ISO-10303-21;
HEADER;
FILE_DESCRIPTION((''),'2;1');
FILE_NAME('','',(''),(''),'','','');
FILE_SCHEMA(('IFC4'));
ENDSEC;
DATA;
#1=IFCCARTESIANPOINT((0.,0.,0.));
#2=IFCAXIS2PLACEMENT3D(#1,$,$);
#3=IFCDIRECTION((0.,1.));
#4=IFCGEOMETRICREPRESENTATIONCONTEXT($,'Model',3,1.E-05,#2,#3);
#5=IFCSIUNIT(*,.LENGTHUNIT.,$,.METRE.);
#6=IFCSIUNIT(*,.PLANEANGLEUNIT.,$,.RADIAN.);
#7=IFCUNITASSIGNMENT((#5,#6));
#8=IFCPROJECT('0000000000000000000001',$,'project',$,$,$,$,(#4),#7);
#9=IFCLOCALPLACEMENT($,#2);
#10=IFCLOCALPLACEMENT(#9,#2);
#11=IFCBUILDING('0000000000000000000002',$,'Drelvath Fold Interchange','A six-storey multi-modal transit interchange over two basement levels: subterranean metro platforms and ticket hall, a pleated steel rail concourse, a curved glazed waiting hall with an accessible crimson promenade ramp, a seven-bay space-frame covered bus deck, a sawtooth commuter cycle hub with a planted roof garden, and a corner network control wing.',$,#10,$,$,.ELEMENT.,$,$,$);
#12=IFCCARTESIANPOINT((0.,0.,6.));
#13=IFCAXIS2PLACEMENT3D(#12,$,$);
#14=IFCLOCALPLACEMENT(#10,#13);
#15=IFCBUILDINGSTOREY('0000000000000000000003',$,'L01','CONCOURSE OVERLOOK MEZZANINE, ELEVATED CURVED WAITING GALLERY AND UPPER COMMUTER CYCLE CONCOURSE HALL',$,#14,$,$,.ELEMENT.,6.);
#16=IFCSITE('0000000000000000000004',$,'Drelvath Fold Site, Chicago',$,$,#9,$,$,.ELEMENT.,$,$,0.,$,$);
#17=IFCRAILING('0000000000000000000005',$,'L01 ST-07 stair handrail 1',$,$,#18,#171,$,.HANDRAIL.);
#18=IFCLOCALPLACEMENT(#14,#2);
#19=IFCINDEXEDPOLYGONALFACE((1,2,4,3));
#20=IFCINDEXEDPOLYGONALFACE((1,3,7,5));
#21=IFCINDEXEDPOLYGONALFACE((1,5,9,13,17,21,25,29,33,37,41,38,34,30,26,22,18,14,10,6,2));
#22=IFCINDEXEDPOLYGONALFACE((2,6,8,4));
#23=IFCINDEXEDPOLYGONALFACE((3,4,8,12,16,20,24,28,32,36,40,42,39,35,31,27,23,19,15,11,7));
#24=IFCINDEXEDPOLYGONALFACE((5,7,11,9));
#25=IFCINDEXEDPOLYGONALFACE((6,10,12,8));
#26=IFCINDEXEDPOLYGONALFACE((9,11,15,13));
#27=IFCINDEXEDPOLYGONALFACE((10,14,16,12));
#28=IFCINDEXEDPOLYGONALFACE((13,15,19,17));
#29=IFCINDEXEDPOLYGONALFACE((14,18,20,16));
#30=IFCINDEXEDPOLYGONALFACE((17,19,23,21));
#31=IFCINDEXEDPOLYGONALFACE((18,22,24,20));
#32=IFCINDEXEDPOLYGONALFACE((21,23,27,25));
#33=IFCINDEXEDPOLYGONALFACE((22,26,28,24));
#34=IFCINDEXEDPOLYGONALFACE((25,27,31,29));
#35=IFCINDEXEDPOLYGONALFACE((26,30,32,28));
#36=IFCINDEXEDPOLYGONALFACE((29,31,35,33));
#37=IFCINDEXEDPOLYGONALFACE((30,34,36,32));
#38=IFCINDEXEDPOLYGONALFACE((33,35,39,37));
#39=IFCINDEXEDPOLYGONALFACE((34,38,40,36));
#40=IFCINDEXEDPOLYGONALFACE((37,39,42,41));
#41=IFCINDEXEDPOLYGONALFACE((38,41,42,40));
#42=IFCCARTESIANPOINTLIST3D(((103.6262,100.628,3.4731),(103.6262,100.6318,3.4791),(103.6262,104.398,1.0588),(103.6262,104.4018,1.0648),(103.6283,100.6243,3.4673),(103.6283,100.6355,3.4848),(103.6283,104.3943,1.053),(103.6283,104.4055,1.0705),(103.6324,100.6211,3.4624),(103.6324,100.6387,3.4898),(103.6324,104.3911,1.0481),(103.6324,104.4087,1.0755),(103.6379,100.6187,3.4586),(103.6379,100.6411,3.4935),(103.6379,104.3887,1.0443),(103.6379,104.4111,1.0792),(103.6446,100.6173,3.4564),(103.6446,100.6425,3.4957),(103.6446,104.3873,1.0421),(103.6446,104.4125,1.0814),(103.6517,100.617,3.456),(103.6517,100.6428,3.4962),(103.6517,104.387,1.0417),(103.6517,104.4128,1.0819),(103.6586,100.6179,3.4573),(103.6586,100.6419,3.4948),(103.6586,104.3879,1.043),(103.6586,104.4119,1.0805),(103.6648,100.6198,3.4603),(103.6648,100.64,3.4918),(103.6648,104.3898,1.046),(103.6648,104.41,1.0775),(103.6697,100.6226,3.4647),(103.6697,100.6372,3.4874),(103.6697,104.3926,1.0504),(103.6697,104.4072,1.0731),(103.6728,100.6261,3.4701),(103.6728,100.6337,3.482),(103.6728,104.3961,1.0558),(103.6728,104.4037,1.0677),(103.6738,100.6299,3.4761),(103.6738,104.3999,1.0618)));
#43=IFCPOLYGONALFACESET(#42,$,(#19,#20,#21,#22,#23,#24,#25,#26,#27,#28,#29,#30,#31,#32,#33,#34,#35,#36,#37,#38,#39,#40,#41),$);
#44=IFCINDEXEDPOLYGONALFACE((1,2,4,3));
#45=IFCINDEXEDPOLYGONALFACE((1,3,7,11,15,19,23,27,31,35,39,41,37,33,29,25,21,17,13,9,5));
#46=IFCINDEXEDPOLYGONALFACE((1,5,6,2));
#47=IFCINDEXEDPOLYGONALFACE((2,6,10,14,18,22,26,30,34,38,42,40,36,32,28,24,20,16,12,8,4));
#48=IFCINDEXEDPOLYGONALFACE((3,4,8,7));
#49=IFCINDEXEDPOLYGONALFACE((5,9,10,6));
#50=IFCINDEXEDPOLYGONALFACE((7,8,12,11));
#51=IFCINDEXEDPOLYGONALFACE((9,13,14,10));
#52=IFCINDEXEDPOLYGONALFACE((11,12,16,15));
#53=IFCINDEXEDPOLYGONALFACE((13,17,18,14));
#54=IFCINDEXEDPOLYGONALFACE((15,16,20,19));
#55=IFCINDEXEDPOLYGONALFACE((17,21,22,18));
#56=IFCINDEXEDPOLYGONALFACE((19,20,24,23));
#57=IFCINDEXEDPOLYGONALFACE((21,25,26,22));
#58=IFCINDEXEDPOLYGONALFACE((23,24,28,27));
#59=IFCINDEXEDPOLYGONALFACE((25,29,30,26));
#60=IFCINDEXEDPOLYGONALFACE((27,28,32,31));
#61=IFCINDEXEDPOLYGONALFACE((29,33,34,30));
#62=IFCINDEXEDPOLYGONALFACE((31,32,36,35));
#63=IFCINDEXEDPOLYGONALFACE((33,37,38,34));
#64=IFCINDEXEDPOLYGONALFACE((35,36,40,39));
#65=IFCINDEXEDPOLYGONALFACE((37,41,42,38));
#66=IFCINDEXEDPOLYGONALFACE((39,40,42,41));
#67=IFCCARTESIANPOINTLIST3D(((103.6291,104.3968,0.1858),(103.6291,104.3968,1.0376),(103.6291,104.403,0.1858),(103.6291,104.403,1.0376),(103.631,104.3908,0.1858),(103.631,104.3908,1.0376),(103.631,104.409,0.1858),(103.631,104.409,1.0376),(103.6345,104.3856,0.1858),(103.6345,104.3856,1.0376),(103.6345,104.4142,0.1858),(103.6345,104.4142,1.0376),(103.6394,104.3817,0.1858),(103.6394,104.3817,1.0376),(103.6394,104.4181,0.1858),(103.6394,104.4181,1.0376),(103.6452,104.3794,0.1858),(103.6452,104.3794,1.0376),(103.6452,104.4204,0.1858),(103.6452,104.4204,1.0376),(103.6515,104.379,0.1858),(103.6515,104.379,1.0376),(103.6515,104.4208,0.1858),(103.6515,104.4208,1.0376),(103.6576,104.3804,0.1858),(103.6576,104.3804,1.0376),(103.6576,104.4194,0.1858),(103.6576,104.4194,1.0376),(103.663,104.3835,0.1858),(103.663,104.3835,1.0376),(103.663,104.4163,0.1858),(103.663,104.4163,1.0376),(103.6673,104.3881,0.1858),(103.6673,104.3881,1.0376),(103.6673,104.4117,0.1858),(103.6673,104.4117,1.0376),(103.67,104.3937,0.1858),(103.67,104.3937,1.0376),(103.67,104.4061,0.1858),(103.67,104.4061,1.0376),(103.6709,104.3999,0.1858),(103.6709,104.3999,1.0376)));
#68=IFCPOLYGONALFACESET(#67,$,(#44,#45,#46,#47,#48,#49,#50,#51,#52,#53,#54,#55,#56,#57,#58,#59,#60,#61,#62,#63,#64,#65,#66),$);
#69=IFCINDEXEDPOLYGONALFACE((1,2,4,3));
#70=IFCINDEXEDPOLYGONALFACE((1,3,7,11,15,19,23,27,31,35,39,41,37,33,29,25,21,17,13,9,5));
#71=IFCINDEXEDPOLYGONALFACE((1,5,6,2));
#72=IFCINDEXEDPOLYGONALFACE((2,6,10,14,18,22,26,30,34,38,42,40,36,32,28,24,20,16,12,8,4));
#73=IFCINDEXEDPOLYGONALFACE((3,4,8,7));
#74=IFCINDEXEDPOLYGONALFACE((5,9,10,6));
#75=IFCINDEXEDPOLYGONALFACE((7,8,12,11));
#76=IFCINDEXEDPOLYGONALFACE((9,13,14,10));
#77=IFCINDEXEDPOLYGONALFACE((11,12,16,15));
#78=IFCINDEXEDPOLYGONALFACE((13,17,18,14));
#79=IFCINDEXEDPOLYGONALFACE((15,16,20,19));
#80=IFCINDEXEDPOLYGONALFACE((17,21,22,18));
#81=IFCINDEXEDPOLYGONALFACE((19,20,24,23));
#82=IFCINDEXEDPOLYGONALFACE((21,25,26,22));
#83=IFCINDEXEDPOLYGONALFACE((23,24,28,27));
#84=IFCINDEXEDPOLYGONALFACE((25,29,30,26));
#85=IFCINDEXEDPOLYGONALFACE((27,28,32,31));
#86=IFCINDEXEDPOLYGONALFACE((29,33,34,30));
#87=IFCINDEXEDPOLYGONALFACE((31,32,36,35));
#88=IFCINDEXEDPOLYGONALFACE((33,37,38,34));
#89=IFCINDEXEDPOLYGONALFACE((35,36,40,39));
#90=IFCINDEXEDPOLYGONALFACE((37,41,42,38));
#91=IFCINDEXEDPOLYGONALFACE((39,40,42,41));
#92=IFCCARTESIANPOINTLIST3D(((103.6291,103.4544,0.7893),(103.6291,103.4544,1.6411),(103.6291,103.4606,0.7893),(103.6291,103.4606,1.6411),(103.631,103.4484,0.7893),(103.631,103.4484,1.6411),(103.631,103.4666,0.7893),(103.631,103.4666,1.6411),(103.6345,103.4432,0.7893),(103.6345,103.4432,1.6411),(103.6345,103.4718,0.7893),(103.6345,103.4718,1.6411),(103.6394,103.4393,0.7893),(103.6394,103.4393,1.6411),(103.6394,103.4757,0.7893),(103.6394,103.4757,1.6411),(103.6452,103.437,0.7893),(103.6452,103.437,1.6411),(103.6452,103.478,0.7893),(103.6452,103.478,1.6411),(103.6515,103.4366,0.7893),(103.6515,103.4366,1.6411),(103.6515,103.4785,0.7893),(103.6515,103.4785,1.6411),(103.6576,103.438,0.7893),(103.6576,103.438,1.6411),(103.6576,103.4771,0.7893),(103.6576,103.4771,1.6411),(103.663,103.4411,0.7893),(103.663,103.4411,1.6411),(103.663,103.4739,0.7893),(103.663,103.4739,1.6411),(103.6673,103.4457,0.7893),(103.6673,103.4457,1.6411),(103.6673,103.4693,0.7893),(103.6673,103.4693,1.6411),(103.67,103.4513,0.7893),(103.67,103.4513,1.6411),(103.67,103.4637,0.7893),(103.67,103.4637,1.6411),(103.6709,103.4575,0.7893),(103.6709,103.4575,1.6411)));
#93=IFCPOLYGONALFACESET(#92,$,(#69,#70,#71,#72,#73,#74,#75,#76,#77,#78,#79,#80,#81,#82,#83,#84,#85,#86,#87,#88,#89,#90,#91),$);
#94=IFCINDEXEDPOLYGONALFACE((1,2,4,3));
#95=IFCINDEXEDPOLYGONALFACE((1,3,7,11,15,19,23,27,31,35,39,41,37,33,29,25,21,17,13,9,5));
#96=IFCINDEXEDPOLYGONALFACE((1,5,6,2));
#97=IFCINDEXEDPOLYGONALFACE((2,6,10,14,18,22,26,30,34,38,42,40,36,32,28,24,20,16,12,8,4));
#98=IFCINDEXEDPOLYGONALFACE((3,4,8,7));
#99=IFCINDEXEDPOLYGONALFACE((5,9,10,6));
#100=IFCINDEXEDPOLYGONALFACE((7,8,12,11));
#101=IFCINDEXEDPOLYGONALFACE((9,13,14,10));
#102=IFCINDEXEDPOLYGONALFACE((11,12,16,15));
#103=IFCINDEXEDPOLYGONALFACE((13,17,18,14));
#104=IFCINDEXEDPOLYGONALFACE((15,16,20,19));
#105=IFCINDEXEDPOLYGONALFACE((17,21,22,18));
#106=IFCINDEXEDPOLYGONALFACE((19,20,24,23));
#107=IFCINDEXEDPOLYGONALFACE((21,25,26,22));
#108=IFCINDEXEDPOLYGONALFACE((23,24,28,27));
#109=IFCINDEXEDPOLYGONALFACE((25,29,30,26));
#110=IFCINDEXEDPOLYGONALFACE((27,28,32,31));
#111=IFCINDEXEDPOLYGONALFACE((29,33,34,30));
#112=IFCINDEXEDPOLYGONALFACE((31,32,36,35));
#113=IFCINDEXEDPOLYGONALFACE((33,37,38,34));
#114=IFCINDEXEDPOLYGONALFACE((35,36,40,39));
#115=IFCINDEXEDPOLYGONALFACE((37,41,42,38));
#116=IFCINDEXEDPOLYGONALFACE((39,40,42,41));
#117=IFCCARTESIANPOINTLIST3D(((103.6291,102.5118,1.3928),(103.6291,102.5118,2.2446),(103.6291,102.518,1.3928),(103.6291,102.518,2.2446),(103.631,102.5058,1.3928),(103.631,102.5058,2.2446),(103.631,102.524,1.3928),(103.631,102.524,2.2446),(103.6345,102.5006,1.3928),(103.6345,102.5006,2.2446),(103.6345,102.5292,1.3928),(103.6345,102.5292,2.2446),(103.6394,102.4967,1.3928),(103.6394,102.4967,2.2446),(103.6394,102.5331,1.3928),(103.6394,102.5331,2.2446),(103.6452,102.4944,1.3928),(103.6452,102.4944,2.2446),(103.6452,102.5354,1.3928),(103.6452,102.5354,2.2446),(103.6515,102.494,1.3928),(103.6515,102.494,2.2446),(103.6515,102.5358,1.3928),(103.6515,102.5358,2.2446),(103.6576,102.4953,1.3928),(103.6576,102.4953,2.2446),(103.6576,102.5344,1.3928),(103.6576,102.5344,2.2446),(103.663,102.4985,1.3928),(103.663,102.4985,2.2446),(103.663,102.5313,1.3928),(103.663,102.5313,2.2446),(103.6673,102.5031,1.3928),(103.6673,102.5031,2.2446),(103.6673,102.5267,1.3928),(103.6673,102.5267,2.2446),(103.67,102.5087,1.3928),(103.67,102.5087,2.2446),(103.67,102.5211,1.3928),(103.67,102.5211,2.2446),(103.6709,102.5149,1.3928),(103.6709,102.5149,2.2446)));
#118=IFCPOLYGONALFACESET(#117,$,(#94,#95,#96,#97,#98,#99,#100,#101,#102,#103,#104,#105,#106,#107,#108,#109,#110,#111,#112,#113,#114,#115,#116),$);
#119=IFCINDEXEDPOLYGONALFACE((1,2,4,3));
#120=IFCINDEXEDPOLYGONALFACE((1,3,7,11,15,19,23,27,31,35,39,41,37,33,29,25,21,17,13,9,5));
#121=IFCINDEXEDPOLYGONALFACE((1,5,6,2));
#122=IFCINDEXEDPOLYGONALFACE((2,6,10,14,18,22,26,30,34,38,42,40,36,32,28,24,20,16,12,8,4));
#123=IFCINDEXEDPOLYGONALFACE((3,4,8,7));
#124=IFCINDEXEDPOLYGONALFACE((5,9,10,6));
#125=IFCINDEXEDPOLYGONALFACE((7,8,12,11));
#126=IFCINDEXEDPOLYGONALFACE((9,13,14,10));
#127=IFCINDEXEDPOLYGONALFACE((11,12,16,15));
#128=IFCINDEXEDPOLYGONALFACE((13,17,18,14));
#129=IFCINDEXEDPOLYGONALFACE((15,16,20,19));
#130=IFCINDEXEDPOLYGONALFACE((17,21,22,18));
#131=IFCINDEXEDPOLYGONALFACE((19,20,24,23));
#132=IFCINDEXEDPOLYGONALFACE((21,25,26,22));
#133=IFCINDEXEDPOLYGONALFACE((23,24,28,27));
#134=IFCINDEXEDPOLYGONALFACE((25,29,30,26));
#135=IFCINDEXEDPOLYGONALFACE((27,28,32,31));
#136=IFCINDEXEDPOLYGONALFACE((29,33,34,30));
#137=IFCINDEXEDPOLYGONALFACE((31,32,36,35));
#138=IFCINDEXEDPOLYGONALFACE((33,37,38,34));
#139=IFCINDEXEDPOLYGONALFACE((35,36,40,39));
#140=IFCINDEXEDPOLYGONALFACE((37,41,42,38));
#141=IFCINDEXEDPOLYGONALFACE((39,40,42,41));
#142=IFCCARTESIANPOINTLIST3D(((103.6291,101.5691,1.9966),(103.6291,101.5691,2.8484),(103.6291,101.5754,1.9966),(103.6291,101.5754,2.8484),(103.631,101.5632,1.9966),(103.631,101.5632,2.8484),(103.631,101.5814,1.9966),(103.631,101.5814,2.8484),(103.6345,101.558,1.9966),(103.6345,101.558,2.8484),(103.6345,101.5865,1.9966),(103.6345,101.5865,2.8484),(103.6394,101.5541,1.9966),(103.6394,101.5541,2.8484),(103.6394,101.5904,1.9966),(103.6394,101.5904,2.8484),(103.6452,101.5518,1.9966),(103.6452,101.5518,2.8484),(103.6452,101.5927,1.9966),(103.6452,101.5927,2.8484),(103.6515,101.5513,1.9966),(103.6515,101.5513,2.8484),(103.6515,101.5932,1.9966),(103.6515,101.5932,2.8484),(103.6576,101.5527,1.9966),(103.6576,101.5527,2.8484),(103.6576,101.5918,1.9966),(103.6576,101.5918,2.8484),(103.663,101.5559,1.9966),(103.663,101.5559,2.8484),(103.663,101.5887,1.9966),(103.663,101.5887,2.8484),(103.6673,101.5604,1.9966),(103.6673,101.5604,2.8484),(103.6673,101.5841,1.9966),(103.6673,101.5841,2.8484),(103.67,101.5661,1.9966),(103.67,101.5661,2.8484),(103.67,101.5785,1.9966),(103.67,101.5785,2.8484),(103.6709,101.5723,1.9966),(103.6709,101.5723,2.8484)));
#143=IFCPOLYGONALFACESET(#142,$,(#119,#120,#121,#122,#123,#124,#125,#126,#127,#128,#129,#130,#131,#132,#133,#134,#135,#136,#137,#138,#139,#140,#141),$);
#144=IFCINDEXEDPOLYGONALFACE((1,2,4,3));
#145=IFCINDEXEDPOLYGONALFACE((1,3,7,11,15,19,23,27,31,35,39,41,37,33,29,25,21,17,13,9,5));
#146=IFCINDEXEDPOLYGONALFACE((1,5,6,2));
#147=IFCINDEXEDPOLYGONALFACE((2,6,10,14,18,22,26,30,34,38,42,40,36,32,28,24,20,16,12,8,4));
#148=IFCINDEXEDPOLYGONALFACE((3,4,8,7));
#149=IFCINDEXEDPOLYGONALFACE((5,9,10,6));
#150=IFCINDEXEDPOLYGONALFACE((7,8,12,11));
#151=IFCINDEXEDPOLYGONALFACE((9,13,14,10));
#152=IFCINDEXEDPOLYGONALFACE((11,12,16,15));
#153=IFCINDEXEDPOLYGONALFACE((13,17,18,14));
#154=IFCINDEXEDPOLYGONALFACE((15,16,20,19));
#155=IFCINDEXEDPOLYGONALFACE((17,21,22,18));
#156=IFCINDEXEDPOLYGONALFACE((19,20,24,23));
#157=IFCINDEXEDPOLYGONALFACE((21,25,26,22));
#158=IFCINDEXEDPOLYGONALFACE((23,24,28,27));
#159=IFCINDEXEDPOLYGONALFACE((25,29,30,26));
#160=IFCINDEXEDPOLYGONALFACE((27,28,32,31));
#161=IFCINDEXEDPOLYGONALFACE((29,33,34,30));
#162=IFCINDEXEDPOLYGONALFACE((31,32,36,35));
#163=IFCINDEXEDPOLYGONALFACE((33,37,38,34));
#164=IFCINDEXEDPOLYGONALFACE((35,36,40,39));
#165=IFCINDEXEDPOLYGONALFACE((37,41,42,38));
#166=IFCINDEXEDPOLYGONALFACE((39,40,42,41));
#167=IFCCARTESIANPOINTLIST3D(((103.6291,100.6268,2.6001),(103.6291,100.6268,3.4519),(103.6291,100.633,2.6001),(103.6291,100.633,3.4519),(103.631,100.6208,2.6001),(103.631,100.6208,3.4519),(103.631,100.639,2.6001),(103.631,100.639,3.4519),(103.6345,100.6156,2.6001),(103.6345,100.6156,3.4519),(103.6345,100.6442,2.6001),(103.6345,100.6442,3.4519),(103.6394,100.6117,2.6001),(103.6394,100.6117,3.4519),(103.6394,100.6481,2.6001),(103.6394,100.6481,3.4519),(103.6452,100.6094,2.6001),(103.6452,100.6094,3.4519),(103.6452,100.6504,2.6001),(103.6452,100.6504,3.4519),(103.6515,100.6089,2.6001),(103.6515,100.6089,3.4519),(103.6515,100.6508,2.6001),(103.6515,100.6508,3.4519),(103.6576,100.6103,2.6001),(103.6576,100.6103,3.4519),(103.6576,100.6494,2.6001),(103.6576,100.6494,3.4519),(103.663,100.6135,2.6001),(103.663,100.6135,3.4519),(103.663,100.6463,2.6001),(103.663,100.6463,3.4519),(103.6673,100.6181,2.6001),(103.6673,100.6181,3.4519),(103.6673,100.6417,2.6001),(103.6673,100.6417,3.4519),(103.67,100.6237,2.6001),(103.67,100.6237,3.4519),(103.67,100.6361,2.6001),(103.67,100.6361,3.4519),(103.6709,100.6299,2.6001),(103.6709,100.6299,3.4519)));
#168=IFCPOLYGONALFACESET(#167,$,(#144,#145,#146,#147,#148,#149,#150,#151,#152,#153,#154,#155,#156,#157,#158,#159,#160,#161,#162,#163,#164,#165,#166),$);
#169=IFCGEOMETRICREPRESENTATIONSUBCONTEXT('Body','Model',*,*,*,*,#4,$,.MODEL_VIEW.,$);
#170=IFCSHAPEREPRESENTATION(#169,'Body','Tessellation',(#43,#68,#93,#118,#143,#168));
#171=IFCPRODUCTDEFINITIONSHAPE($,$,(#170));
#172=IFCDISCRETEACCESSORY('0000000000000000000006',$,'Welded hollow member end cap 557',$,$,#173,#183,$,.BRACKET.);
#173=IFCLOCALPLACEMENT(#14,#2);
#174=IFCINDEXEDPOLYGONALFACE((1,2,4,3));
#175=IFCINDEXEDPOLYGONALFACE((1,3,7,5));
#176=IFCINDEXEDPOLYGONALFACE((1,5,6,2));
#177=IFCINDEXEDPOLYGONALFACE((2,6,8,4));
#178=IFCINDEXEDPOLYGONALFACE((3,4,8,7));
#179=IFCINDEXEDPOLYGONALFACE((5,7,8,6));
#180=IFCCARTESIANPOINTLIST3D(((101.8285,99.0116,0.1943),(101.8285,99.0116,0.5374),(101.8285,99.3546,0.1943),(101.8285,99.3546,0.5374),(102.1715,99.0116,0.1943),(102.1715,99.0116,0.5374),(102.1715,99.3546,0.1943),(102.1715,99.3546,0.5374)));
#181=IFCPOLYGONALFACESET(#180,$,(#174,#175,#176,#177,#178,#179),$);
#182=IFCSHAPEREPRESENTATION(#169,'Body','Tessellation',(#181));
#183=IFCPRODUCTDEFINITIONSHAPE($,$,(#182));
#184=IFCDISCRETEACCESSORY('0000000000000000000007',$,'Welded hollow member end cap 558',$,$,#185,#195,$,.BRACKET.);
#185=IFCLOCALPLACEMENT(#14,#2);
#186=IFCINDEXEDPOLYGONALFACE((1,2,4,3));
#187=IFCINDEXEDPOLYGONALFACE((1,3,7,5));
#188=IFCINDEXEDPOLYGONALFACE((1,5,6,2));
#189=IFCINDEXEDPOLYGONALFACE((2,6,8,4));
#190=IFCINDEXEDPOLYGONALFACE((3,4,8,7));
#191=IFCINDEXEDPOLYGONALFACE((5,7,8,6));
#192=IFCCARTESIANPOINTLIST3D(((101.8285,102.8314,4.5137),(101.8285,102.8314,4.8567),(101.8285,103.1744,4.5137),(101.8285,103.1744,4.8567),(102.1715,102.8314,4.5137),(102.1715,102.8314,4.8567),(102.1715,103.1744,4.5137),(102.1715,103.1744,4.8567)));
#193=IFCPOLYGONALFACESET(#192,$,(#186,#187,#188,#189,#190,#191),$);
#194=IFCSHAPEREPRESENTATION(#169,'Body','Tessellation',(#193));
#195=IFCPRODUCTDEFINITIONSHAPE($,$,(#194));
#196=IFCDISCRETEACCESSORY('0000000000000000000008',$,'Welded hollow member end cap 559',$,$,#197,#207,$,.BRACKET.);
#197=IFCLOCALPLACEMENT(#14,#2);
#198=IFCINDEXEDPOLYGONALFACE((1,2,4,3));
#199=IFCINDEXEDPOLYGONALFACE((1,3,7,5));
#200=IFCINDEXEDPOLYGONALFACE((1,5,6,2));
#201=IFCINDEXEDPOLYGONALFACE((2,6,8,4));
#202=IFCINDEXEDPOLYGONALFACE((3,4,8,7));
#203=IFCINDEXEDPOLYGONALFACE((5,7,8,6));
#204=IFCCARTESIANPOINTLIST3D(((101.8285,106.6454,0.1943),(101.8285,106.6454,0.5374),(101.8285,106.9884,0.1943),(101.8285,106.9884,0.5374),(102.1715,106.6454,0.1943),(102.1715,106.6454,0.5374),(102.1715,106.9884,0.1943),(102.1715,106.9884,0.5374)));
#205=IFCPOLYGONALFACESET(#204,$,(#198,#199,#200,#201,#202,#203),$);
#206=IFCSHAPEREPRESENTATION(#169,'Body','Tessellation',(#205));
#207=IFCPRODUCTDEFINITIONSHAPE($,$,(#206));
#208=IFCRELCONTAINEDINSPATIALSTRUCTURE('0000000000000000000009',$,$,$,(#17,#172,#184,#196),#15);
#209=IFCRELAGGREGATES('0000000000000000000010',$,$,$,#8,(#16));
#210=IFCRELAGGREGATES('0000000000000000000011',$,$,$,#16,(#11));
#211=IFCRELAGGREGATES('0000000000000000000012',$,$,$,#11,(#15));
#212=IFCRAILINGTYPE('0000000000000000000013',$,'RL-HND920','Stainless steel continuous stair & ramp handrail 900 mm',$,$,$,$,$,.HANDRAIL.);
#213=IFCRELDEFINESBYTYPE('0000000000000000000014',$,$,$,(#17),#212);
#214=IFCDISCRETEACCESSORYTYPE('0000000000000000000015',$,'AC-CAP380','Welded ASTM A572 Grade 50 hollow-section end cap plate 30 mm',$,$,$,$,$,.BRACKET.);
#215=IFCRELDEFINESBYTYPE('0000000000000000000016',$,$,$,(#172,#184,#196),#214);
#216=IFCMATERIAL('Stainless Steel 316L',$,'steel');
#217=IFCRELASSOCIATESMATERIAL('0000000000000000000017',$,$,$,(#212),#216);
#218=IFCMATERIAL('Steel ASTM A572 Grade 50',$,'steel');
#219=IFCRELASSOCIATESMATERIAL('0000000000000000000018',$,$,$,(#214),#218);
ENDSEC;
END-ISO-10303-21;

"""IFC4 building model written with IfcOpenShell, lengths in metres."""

from ifc_helpers import new_model, si_unit, direction, frame, origin, origin_2d, place, context, subcontext, project, spatial, rectangle, circle, extrude, material, type_object, element, save


model = new_model("IFC4")

# Units and contexts
model_context = context("Model", 3, precision=1e-05, world=origin(), true_north=direction((0.0, 1.0)))
body_context = subcontext(model_context, "Body", "Model", "MODEL_VIEW")
ifc_project = project(units=[si_unit("LENGTHUNIT", "METRE"), si_unit("PLANEANGLEUNIT", "RADIAN")], contexts=[model_context])

# Site, building, storey
site_placement = place(None, origin())
site = spatial("IfcSite", under=ifc_project, at=site_placement, Name="Drelvath Fold Site, Chicago", CompositionType="ELEMENT", RefElevation=0.0)
building_placement = place(site_placement, origin())
building = spatial("IfcBuilding", under=site, at=building_placement, Name="Drelvath Fold Interchange", Description="A six-storey multi-modal transit interchange over two basement levels: subterranean metro platforms and ticket hall, a pleated steel rail concourse, a curved glazed waiting hall with an accessible crimson promenade ramp, a seven-bay space-frame covered bus deck, a sawtooth commuter cycle hub with a planted roof garden, and a corner network control wing.", CompositionType="ELEMENT")
storey_placement = place(building_placement, frame((0.0, 0.0, 6.0)))
storey = spatial("IfcBuildingStorey", under=building, at=storey_placement, Name="L01", Description="CONCOURSE OVERLOOK MEZZANINE, ELEVATED CURVED WAITING GALLERY AND UPPER COMMUTER CYCLE CONCOURSE HALL", CompositionType="ELEMENT", Elevation=6.0)

# Shared definitions
ifc_material_1 = material(Name="Steel ASTM A572 Grade 50", Category="steel")

# Railing
ifc_material_2 = material(Name="Stainless Steel 316L", Category="steel")
railing_type = type_object("IfcRailingType", Name="RL-HND920", Description="Stainless steel continuous stair & ramp handrail 900 mm", PredefinedType="HANDRAIL", material=ifc_material_2)
railing_placement = place(storey_placement, frame((103.6499, 104.3999, 0.1858)))
element("IfcRailing", 1, at=railing_placement, inside=storey, type_object=railing_type, Name="L01 ST-07 stair handrail 1", PredefinedType="HANDRAIL", context=body_context, shape_type="SweptSolid", body=[
    extrude(circle(Radius=0.0239, at=origin_2d()), frame((0.0, 0.0, 0.876), z_axis=(0.0, -0.84212, 0.53929), x_axis=(1.0, 0.0, 0.0)), (0.0, 0.0, 1.0), 4.4768),
    extrude(circle(Radius=0.021, at=origin_2d()), origin(), (0.0, 0.0, 1.0), 0.8518),
    extrude(circle(Radius=0.021, at=origin_2d()), frame((0.0, -0.9424, 0.6035)), (0.0, 0.0, 1.0), 0.8518),
    extrude(circle(Radius=0.021, at=origin_2d()), frame((0.0, -1.885, 1.207)), (0.0, 0.0, 1.0), 0.8518),
    extrude(circle(Radius=0.021, at=origin_2d()), frame((0.0, -2.8276, 1.8108)), (0.0, 0.0, 1.0), 0.8518),
    extrude(circle(Radius=0.021, at=origin_2d()), frame((0.0, -3.77, 2.4143)), (0.0, 0.0, 1.0), 0.8518),
])

# Discrete accessories
discrete_accessory_type = type_object("IfcDiscreteAccessoryType", Name="AC-CAP380", Description="Welded ASTM A572 Grade 50 hollow-section end cap plate 30 mm", PredefinedType="BRACKET", material=ifc_material_1)
for number, where, z_axis, x_axis, name in (
    (2, (102.0, 99.1831, 0.1943), (0.0, 0.0, 1.0), (1.0, 0.0, 0.0), "Welded hollow member end cap 557"),
    (3, (102.0, 103.0029, 4.5137), (0.0, 0.0, 1.0), (1.0, 0.0, 0.0), "Welded hollow member end cap 558"),
    (4, (102.0, 106.8169, 0.1943), (0.0, 0.0, 1.0), (1.0, 0.0, 0.0), "Welded hollow member end cap 559"),
):
    element("IfcDiscreteAccessory", number, at=place(storey_placement, frame(where, z_axis=z_axis, x_axis=x_axis)), inside=storey, type_object=discrete_accessory_type, Name=name, PredefinedType="BRACKET", context=body_context, shape_type="SweptSolid", body=[
        extrude(rectangle(XDim=0.343, YDim=0.343, at=origin_2d()), origin(), (0.0, 0.0, 1.0), 0.343),
    ])

save(model, "model.ifc")
